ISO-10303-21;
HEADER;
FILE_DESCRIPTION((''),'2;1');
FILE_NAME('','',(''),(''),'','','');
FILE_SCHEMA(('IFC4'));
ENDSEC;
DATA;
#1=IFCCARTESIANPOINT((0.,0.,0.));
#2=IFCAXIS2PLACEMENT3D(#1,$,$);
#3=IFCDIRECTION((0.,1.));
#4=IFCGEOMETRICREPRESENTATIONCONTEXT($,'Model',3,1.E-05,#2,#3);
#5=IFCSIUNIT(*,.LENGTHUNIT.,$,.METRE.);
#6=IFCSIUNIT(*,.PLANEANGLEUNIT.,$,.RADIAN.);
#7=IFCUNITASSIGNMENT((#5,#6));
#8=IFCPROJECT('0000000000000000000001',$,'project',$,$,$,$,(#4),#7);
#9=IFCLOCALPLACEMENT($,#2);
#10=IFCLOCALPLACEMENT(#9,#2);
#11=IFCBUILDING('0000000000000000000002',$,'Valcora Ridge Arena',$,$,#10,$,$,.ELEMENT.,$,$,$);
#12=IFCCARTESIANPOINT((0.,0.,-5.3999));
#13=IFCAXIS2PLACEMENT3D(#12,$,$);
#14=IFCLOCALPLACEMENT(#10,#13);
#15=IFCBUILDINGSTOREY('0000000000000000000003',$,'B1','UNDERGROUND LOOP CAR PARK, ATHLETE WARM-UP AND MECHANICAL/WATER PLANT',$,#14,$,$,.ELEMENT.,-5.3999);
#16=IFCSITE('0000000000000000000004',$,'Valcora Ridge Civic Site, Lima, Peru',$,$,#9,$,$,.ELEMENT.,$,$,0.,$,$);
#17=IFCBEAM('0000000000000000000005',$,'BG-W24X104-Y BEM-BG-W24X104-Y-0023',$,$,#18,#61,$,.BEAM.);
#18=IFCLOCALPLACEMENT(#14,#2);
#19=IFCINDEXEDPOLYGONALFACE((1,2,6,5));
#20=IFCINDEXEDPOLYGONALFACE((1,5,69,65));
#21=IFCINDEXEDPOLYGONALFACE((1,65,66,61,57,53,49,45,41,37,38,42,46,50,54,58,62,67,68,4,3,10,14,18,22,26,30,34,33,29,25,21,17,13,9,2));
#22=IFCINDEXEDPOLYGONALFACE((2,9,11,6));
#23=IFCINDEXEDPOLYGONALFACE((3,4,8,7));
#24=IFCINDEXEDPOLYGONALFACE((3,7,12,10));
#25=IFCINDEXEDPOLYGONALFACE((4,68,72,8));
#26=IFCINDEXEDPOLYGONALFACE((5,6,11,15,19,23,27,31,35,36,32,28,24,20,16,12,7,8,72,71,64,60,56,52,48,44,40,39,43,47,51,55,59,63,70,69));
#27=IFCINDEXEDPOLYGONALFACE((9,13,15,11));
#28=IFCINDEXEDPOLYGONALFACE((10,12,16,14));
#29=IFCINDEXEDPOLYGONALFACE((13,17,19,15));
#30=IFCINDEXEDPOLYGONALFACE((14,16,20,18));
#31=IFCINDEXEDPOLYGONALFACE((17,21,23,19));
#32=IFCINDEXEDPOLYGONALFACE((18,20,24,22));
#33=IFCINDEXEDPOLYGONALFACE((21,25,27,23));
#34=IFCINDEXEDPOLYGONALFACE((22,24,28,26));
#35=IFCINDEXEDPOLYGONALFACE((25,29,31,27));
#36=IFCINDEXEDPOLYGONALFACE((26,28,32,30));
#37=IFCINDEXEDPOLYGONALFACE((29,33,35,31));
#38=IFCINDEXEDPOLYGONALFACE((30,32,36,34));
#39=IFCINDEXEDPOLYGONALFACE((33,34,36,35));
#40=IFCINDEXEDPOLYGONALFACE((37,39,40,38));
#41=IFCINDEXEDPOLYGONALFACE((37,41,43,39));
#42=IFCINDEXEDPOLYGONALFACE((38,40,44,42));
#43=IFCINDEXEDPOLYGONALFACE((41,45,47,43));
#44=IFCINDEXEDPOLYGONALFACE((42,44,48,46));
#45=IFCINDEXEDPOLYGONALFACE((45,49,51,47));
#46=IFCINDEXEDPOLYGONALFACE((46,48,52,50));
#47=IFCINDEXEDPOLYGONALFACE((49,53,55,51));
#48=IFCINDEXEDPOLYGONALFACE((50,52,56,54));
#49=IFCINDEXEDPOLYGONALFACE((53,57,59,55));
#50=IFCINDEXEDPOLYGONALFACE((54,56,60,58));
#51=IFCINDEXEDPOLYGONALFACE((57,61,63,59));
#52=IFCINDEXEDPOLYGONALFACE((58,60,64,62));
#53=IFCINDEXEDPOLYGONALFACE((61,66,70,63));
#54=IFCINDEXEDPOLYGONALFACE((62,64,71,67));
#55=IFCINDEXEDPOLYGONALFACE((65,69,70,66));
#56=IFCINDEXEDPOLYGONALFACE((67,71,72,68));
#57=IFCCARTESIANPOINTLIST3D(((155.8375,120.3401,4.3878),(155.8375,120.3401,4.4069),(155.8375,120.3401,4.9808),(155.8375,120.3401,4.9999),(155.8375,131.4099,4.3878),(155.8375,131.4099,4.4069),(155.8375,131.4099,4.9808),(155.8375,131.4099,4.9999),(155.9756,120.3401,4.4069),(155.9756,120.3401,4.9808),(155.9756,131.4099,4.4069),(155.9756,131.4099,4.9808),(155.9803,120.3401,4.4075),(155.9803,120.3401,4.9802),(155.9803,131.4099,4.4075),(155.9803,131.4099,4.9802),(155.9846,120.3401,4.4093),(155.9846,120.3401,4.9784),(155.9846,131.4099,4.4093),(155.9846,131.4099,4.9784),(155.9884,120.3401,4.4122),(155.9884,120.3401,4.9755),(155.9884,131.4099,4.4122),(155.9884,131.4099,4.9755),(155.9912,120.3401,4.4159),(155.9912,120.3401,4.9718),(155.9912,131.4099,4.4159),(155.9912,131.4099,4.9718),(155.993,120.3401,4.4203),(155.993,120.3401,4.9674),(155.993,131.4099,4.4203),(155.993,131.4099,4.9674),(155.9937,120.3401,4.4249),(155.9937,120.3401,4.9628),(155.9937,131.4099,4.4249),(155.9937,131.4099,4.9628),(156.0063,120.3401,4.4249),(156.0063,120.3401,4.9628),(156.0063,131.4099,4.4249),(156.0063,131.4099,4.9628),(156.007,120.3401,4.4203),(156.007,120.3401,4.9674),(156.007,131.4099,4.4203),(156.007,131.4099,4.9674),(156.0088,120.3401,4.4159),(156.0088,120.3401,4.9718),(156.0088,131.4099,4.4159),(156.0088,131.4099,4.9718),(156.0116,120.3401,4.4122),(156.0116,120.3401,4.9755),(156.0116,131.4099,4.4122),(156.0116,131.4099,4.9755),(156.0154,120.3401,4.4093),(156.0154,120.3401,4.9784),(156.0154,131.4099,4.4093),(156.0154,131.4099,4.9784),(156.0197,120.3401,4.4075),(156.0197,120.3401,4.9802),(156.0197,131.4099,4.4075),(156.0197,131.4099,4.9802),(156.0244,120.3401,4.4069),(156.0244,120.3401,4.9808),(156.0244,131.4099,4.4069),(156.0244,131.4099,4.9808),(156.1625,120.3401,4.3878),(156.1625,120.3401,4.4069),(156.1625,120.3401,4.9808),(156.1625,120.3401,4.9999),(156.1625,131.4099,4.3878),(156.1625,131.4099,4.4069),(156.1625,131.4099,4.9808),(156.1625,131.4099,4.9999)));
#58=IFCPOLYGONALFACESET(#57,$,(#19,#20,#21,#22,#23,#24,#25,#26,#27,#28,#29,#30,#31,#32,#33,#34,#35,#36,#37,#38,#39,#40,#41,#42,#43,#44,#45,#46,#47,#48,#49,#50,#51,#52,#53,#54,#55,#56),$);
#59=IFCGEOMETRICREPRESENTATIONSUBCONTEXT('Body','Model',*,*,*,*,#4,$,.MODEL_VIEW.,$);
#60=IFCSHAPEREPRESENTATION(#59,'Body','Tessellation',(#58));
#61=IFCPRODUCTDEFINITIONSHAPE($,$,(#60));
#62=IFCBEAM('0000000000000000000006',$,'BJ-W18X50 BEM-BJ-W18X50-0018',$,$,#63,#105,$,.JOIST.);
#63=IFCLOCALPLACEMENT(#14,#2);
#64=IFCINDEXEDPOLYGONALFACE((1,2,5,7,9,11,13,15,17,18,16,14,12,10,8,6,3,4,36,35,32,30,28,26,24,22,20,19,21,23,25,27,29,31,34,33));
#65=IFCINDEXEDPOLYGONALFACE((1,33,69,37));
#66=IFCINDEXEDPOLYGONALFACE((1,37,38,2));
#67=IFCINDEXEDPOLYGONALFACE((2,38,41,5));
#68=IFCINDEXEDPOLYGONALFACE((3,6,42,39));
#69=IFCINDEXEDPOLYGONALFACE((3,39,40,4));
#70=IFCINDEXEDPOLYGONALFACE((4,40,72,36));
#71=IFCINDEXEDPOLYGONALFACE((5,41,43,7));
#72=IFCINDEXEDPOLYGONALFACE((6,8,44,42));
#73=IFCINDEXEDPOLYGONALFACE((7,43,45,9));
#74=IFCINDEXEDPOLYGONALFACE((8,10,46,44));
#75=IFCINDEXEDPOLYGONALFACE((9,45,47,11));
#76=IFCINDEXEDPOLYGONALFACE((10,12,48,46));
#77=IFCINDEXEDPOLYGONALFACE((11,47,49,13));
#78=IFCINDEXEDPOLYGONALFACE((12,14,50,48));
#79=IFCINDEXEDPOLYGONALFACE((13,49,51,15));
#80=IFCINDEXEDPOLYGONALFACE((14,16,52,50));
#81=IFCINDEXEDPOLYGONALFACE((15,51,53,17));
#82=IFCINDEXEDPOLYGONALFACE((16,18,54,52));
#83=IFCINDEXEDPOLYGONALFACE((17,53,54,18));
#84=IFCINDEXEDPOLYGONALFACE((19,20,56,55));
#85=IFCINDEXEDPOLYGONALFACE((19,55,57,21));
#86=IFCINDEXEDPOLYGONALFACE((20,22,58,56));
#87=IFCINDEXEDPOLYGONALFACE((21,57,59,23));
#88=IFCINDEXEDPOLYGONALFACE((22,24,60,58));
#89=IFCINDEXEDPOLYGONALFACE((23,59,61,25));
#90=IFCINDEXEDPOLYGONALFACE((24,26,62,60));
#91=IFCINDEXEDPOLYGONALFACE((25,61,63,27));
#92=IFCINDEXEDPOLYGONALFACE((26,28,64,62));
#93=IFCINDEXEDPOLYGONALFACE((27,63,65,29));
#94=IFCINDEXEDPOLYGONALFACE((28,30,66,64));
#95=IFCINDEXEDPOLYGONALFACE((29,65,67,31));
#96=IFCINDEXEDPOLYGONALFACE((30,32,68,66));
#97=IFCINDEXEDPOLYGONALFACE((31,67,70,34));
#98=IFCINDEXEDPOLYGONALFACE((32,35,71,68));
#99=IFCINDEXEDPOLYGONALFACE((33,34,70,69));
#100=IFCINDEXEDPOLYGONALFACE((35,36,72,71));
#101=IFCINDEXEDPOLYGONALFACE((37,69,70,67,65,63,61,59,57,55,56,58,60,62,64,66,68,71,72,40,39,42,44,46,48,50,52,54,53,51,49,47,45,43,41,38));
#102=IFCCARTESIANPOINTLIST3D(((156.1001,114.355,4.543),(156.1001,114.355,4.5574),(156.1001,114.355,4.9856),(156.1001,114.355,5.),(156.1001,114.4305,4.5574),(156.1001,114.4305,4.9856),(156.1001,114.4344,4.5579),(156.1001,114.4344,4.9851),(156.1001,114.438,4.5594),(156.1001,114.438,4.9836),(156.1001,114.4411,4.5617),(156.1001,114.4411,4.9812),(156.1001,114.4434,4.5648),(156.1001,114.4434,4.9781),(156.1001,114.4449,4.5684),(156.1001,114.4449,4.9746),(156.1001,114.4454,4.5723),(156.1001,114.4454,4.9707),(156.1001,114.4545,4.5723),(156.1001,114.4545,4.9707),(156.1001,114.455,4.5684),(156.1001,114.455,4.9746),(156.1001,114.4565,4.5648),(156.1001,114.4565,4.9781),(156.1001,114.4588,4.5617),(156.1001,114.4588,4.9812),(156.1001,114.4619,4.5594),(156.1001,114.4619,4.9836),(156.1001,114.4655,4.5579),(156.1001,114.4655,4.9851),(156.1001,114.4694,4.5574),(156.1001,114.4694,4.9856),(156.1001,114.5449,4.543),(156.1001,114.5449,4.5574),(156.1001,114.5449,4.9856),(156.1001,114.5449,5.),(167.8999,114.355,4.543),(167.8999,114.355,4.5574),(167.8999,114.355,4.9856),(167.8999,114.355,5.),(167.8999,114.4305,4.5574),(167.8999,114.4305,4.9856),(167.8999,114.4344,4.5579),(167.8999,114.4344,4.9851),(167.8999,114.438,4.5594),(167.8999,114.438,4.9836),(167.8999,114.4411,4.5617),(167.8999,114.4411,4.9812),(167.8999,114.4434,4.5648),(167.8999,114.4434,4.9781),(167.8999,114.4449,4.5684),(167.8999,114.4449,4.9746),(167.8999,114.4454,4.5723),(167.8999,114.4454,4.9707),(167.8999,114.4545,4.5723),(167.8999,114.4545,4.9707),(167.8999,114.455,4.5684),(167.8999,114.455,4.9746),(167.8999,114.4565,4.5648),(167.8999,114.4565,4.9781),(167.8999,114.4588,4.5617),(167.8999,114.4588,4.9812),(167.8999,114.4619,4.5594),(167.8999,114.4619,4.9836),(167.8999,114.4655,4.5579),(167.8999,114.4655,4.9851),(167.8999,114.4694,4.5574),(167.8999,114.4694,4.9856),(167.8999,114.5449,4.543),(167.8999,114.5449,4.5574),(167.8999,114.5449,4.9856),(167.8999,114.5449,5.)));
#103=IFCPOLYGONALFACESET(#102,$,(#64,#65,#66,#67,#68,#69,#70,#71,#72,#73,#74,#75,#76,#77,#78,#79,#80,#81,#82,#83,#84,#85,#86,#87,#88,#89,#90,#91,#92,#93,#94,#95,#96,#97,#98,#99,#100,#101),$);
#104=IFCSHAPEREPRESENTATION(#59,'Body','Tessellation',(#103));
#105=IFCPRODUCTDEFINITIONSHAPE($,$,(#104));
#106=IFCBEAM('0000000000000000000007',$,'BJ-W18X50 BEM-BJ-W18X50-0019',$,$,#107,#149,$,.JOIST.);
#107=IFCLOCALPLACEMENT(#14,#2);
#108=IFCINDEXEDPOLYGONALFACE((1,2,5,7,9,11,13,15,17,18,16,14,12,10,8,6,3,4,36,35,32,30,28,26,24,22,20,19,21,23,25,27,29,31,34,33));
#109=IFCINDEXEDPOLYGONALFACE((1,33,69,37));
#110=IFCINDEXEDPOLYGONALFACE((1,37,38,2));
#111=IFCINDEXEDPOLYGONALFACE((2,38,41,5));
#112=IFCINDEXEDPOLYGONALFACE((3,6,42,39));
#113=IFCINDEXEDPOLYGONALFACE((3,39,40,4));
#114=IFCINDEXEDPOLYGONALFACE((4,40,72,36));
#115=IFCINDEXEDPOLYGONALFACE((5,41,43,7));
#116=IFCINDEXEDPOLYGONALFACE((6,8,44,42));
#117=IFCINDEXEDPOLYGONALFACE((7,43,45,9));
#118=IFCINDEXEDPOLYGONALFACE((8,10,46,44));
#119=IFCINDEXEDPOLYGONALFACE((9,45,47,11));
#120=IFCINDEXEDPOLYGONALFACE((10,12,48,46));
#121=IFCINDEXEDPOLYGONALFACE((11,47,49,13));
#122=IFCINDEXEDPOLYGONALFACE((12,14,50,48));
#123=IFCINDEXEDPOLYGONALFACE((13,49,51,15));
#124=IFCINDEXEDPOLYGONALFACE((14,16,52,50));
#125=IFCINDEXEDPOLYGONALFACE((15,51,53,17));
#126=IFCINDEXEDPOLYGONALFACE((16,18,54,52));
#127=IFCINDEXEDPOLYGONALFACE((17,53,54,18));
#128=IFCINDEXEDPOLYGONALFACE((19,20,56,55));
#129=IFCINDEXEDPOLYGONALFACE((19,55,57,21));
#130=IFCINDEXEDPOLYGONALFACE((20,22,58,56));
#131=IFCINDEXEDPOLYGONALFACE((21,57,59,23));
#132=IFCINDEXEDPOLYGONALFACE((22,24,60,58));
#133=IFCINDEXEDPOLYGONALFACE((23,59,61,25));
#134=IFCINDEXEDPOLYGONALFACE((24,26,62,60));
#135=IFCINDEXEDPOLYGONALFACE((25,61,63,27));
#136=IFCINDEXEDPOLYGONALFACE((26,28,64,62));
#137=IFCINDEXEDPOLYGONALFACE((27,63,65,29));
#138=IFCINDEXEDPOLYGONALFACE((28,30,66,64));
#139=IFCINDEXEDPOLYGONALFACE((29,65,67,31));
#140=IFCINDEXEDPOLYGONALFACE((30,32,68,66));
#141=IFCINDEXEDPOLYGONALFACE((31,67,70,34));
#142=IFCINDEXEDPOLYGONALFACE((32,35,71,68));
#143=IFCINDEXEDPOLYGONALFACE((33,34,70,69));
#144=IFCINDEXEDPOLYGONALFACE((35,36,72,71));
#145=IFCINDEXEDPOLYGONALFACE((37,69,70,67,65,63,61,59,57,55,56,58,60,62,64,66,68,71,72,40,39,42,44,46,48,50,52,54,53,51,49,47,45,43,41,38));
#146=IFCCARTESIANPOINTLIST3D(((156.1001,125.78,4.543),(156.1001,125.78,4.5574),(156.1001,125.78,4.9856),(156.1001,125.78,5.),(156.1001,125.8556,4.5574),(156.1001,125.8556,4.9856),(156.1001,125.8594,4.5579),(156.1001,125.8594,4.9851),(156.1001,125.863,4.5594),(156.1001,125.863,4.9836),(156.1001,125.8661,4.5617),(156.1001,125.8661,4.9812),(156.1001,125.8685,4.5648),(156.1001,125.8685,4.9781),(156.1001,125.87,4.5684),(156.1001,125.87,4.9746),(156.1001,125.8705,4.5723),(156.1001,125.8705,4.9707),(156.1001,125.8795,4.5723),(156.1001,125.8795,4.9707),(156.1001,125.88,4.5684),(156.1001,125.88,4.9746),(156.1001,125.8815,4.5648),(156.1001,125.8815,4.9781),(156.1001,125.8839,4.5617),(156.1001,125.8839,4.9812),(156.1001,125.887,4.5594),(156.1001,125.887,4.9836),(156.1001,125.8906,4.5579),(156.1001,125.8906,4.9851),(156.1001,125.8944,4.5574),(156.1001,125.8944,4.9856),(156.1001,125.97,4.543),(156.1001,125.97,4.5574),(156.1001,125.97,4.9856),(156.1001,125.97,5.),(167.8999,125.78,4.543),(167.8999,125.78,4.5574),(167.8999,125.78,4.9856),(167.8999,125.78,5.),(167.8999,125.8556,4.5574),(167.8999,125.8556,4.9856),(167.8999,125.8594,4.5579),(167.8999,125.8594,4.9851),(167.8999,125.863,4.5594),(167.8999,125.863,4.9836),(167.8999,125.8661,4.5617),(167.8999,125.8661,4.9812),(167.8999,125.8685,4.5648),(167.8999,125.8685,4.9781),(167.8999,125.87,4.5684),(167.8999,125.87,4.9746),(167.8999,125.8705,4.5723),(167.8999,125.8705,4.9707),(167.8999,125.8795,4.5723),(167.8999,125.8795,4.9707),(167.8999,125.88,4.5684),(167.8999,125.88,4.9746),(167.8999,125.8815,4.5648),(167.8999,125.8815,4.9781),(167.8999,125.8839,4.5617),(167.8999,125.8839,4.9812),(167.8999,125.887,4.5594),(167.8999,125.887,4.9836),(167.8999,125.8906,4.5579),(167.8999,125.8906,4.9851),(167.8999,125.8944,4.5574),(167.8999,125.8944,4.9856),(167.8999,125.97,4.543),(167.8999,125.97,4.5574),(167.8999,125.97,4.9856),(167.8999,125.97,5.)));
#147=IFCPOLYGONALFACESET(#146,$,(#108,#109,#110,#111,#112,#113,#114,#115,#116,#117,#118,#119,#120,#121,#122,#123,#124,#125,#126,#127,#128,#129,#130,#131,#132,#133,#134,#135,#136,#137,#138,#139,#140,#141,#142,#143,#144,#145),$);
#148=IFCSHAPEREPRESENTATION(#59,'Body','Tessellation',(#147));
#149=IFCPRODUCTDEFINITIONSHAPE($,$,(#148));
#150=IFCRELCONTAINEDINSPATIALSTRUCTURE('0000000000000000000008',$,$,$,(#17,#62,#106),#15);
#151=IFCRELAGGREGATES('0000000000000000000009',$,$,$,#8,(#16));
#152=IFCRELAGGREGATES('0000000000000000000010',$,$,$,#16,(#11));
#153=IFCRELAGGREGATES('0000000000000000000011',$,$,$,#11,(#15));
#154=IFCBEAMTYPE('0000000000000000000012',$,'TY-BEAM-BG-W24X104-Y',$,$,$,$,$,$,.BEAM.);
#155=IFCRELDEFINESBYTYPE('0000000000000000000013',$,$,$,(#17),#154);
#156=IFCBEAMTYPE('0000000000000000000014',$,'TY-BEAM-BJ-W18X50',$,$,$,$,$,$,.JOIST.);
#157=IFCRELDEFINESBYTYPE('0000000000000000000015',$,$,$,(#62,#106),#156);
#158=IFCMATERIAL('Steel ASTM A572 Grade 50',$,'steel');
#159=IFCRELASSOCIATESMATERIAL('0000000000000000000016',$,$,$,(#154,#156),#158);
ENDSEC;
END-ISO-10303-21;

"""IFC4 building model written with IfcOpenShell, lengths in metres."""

from ifc_helpers import new_model, si_unit, direction, frame, origin, origin_2d, place, context, subcontext, project, spatial, i_section, extrude, material, material_profile, profile_set, type_object, element, save


model = new_model("IFC4")

# Units and contexts
model_context = context("Model", 3, precision=1e-05, world=origin(), true_north=direction((0.0, 1.0)))
body_context = subcontext(model_context, "Body", "Model", "MODEL_VIEW")
ifc_project = project(units=[si_unit("LENGTHUNIT", "METRE"), si_unit("PLANEANGLEUNIT", "RADIAN")], contexts=[model_context])

# Site, building, storey
site_placement = place(None, origin())
site = spatial("IfcSite", under=ifc_project, at=site_placement, Name="Valcora Ridge Civic Site, Lima, Peru", CompositionType="ELEMENT", RefElevation=0.0)
building_placement = place(site_placement, origin())
building = spatial("IfcBuilding", under=site, at=building_placement, Name="Valcora Ridge Arena", CompositionType="ELEMENT")
storey_placement = place(building_placement, frame((0.0, 0.0, -5.3999)))
storey = spatial("IfcBuildingStorey", under=building, at=storey_placement, Name="B1", Description="UNDERGROUND LOOP CAR PARK, ATHLETE WARM-UP AND MECHANICAL/WATER PLANT", CompositionType="ELEMENT", Elevation=-5.3999)

# Beams
ifc_material_1 = material(Name="Steel ASTM A572 Grade 50", Category="steel")
ifc_material_profile_1 = material_profile(ifc_material_1, i_section(OverallWidth=0.325, OverallDepth=0.6121, WebThickness=0.0127, FlangeThickness=0.019, FilletRadius=0.0181, at=origin_2d()), Name="W24X104")
ifc_profile_set_1 = profile_set([ifc_material_profile_1], Name="Steel ASTM A572 Grade 50")
beam_type_1 = type_object("IfcBeamType", Name="TY-BEAM-BG-W24X104-Y", PredefinedType="BEAM", material=ifc_profile_set_1)
beam_1_placement = place(storey_placement, frame((156.0, 120.3401, 4.6938), z_axis=(0.0, 1.0, 0.0), x_axis=(-1.0, 0.0, 0.0)))
element("IfcBeam", 1, at=beam_1_placement, inside=storey, type_object=beam_type_1, Name="BG-W24X104-Y BEM-BG-W24X104-Y-0023", PredefinedType="BEAM", context=body_context, shape_type="SweptSolid", body=[
    extrude(i_section(OverallWidth=0.325, OverallDepth=0.6121, WebThickness=0.0127, FlangeThickness=0.019, FilletRadius=0.0181, at=origin_2d()), origin(), (0.0, 0.0, 1.0), 11.0698),
])
ifc_material_profile_2 = material_profile(ifc_material_1, i_section(OverallWidth=0.1899, OverallDepth=0.457, WebThickness=0.009, FlangeThickness=0.0144, FilletRadius=0.0149, at=origin_2d()), Name="W18X50")
ifc_profile_set_2 = profile_set([ifc_material_profile_2], Name="Steel ASTM A572 Grade 50")
beam_type_2 = type_object("IfcBeamType", Name="TY-BEAM-BJ-W18X50", PredefinedType="JOIST", material=ifc_profile_set_2)
for number, where, z_axis, x_axis, name in (
    (2, (156.1001, 114.45, 4.7715), (1.0, 0.0, 0.0), (0.0, 1.0, 0.0), "BJ-W18X50 BEM-BJ-W18X50-0018"),
    (3, (156.1001, 125.875, 4.7715), (1.0, 0.0, 0.0), (0.0, 1.0, 0.0), "BJ-W18X50 BEM-BJ-W18X50-0019"),
):
    element("IfcBeam", number, at=place(storey_placement, frame(where, z_axis=z_axis, x_axis=x_axis)), inside=storey, type_object=beam_type_2, Name=name, PredefinedType="JOIST", context=body_context, shape_type="SweptSolid", body=[
        extrude(i_section(OverallWidth=0.1899, OverallDepth=0.457, WebThickness=0.009, FlangeThickness=0.0144, FilletRadius=0.0149, at=origin_2d()), origin(), (0.0, 0.0, 1.0), 11.7998),
    ])

save(model, "model.ifc")
